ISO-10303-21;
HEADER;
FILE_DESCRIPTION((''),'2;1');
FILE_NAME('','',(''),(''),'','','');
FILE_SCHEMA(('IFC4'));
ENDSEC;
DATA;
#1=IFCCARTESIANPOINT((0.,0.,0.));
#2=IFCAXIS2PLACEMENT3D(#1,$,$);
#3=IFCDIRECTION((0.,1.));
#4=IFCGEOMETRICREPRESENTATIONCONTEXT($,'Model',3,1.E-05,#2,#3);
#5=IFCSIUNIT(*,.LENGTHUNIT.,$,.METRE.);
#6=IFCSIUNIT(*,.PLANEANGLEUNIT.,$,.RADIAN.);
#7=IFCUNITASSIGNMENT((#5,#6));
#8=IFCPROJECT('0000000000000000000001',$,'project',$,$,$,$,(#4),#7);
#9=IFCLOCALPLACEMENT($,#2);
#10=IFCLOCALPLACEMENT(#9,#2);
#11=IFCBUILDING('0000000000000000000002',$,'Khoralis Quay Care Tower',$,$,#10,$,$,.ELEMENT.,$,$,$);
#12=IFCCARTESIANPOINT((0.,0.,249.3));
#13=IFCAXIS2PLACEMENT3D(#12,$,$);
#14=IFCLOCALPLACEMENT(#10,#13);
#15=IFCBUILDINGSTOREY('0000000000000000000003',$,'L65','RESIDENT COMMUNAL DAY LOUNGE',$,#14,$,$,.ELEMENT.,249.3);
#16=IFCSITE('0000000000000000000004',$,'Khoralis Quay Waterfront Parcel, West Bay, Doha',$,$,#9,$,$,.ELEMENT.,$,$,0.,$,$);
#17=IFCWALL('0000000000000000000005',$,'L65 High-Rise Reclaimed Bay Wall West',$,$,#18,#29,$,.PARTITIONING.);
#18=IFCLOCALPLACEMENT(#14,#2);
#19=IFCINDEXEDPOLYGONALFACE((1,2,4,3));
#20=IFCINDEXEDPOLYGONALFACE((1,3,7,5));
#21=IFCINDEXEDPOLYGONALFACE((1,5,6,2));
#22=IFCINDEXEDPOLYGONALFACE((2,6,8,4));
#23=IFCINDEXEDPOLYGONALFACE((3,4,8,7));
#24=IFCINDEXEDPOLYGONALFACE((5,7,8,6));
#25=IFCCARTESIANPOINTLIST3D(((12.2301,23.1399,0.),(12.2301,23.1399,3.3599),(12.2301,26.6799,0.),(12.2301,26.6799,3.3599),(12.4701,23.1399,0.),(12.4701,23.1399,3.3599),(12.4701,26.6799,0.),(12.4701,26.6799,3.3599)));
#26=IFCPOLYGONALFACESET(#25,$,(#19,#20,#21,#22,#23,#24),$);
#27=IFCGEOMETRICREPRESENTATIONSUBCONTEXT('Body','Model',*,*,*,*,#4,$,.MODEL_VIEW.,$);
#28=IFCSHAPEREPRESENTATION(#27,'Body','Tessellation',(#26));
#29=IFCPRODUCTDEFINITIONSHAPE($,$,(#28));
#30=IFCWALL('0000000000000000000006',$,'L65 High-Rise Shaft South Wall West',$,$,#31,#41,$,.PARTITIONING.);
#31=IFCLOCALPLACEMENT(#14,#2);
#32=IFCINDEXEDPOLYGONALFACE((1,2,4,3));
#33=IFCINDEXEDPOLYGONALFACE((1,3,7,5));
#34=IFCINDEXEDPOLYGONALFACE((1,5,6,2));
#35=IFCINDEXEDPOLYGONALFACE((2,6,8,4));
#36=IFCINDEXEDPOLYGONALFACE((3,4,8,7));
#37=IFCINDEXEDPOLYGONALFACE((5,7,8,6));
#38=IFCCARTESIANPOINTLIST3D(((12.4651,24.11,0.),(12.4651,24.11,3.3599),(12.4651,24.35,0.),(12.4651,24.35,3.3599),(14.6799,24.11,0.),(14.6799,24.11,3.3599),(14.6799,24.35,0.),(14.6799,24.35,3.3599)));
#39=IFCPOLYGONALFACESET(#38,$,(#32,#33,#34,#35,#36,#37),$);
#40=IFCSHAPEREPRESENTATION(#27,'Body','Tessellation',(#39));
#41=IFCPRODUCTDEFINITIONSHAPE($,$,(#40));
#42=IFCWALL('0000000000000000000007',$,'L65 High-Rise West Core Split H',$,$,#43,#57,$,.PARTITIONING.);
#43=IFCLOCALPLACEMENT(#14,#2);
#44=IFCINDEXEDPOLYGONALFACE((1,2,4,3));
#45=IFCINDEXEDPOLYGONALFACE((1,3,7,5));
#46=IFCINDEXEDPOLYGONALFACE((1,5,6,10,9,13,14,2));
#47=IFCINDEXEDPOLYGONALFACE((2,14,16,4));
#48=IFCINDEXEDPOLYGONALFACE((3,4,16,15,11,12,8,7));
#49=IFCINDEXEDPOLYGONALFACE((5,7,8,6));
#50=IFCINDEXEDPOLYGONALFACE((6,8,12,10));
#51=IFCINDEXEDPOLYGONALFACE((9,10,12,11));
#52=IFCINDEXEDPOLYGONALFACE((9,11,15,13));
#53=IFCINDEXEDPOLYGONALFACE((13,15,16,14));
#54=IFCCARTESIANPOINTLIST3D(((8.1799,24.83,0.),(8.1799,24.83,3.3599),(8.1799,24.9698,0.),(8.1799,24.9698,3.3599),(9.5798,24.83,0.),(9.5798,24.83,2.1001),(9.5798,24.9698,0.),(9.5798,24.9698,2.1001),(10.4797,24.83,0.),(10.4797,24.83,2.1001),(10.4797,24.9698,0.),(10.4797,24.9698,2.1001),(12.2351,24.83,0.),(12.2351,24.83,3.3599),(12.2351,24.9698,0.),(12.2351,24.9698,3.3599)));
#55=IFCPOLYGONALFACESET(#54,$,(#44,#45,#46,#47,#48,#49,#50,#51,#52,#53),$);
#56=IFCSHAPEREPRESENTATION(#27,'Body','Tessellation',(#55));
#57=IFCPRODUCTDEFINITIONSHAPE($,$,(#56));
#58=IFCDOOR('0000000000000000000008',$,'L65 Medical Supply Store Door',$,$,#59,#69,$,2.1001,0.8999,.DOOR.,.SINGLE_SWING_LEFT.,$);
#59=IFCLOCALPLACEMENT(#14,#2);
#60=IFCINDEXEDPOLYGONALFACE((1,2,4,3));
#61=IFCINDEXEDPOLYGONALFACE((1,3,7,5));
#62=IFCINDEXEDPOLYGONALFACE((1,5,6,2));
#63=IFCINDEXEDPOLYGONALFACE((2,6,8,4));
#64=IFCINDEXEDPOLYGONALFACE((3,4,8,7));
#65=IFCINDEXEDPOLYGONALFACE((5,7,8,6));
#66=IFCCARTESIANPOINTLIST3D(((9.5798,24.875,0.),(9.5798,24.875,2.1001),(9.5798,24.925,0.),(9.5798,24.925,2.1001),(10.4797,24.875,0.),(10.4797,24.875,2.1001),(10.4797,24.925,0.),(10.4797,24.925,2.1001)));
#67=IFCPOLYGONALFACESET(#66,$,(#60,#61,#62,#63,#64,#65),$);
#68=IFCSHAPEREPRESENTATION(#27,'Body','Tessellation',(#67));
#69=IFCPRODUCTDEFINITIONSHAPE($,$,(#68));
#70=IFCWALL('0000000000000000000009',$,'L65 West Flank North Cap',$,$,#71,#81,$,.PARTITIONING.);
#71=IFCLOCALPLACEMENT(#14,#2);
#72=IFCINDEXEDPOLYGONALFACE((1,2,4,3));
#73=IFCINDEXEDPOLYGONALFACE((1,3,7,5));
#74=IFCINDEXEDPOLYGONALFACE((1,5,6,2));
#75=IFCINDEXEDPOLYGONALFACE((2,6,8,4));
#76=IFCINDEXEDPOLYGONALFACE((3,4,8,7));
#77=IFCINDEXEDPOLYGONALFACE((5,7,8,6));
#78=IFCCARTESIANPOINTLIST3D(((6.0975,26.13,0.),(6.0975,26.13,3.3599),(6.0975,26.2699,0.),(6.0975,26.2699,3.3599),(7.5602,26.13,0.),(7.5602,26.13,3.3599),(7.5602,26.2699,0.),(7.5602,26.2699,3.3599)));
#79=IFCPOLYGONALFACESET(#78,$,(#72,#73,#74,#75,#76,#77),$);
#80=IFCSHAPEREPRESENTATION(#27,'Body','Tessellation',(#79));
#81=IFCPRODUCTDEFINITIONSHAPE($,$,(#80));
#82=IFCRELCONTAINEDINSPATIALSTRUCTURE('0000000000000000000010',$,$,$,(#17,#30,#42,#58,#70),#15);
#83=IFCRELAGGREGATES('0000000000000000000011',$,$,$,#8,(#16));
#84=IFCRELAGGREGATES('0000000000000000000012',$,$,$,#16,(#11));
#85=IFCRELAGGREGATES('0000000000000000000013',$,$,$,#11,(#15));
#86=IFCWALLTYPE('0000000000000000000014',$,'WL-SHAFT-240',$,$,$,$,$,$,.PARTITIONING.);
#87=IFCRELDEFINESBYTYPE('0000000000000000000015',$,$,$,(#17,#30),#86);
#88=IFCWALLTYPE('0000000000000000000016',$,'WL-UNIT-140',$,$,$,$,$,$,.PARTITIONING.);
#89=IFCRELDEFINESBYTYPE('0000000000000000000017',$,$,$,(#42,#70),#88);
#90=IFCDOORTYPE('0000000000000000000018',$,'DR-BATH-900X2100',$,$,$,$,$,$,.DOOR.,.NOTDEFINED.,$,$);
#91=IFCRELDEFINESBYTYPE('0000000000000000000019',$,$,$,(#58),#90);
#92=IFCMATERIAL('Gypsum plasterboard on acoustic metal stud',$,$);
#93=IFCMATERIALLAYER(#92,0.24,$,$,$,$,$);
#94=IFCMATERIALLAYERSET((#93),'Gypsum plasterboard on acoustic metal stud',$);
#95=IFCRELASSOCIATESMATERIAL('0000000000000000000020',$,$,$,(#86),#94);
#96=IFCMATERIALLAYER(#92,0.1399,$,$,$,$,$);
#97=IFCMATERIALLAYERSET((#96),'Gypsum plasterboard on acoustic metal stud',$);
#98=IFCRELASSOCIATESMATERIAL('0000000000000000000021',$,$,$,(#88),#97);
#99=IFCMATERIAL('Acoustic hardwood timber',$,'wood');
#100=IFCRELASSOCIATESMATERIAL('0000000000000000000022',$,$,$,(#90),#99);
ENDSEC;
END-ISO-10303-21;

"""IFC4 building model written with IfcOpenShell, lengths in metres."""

from ifc_helpers import new_model, si_unit, direction, frame, frame_2d, origin, place, context, subcontext, project, spatial, rectangle, extrude, source, transform, mapped, material, layer, layer_set, type_object, element, fill, save


model = new_model("IFC4")

# Units and contexts
model_context = context("Model", 3, precision=1e-05, world=origin(), true_north=direction((0.0, 1.0)))
body_context = subcontext(model_context, "Body", "Model", "MODEL_VIEW")
ifc_project = project(units=[si_unit("LENGTHUNIT", "METRE"), si_unit("PLANEANGLEUNIT", "RADIAN")], contexts=[model_context])

# Site, building, storey
site_placement = place(None, origin())
site = spatial("IfcSite", under=ifc_project, at=site_placement, Name="Khoralis Quay Waterfront Parcel, West Bay, Doha", CompositionType="ELEMENT", RefElevation=0.0)
building_placement = place(site_placement, origin())
building = spatial("IfcBuilding", under=site, at=building_placement, Name="Khoralis Quay Care Tower", CompositionType="ELEMENT")
storey_placement = place(building_placement, frame((0.0, 0.0, 249.3)))
storey = spatial("IfcBuildingStorey", under=building, at=storey_placement, Name="L65", Description="RESIDENT COMMUNAL DAY LOUNGE", CompositionType="ELEMENT", Elevation=249.3)

# Shared definitions
ifc_material_1 = material(Name="Acoustic hardwood timber", Category="wood")

# Walls
ifc_material_2 = material(Name="Gypsum plasterboard on acoustic metal stud")
ifc_layer_1 = layer(ifc_material_2, 0.24)
ifc_layer_set_1 = layer_set([ifc_layer_1], Name="Gypsum plasterboard on acoustic metal stud")
wall_type_1 = type_object("IfcWallType", Name="WL-SHAFT-240", PredefinedType="PARTITIONING", material=ifc_layer_set_1)
wall_1_placement = place(storey_placement, frame((12.3501, 23.1399, 0.0), z_axis=(0.0, 0.0, 1.0), x_axis=(0.0, 1.0, 0.0)))
element("IfcWall", 1, at=wall_1_placement, inside=storey, type_object=wall_type_1, Name="L65 High-Rise Reclaimed Bay Wall West", PredefinedType="PARTITIONING", context=body_context, shape_type="SweptSolid", body=[
    extrude(rectangle(XDim=3.54, YDim=0.24, at=frame_2d((1.77, 0.0))), origin(), (0.0, 0.0, 1.0), 3.3599),
])
wall_2_placement = place(storey_placement, frame((12.4651, 24.23, 0.0), z_axis=(0.0, 0.0, 1.0), x_axis=(1.0, 0.0, 0.0)))
element("IfcWall", 2, at=wall_2_placement, inside=storey, type_object=wall_type_1, Name="L65 High-Rise Shaft South Wall West", PredefinedType="PARTITIONING", context=body_context, shape_type="SweptSolid", body=[
    extrude(rectangle(XDim=2.2148, YDim=0.24, at=frame_2d((1.1074, 0.0))), origin(), (0.0, 0.0, 1.0), 3.3599),
])

# Wall, opening, door
ifc_layer_2 = layer(ifc_material_2, 0.1399)
ifc_layer_set_2 = layer_set([ifc_layer_2], Name="Gypsum plasterboard on acoustic metal stud")
wall_type_2 = type_object("IfcWallType", Name="WL-UNIT-140", PredefinedType="PARTITIONING", material=ifc_layer_set_2)
wall_3_placement = place(storey_placement, frame((8.1799, 24.8999, 0.0), z_axis=(0.0, 0.0, 1.0), x_axis=(1.0, 0.0, 0.0)))
wall_3 = element("IfcWall", 3, at=wall_3_placement, inside=storey, type_object=wall_type_2, Name="L65 High-Rise West Core Split H", PredefinedType="PARTITIONING", context=body_context, shape_type="SweptSolid", body=[
    extrude(rectangle(XDim=4.0552, YDim=0.1399, at=frame_2d((2.0276, 0.0))), origin(), (0.0, 0.0, 1.0), 3.3599),
])
opening_1_placement = place(wall_3_placement, frame((1.3999, 0.0, 0.0)))
opening_1 = element("IfcOpeningElement", 4, at=opening_1_placement, cuts=wall_3, PredefinedType="OPENING", context=body_context, shape_type="SweptSolid", body=[
    extrude(rectangle(XDim=0.8999, YDim=2.1001, at=frame_2d((0.45, 1.05))), frame((0.0, 0.0801, 0.0), z_axis=(0.0, -1.0, 0.0), x_axis=(1.0, 0.0, 0.0)), (0.0, 0.0, 1.0), 0.1599),
])
door_type_1 = type_object("IfcDoorType", Name="DR-BATH-900X2100", OperationType="NOTDEFINED", PredefinedType="DOOR", material=ifc_material_1)
shared_shape_1 = source(origin(), body_context, "Body", "SweptSolid", [
    extrude(rectangle(XDim=0.8999, YDim=2.1001, at=frame_2d((0.45, 1.05))), frame((0.0, 0.0249, 0.0), z_axis=(0.0, -1.0, 0.0), x_axis=(1.0, 0.0, 0.0)), (0.0, 0.0, 1.0), 0.05),
])
door_1_placement = place(opening_1_placement, frame((0.8999, 0.0, 0.0), z_axis=(0.0, 0.0, 1.0), x_axis=(-1.0, 0.0, 0.0)))
door_1 = element("IfcDoor", 5, at=door_1_placement, inside=storey, type_object=door_type_1, Name="L65 Medical Supply Store Door", OperationType="SINGLE_SWING_LEFT", OverallHeight=2.1001, OverallWidth=0.8999, PredefinedType="DOOR", context=body_context, shape_type="MappedRepresentation", body=[
    mapped(shared_shape_1, transform((0.0, 0.0, 0.0), scale=1.0)),
])
fill(opening_1, door_1)

# Wall
wall_4_placement = place(storey_placement, frame((6.0974, 26.2, 0.0), z_axis=(0.0, 0.0, 1.0), x_axis=(1.0, 0.0, 0.0)))
element("IfcWall", 6, at=wall_4_placement, inside=storey, type_object=wall_type_2, Name="L65 West Flank North Cap", PredefinedType="PARTITIONING", context=body_context, shape_type="SweptSolid", body=[
    extrude(rectangle(XDim=1.4626, YDim=0.1399, at=frame_2d((0.7314, 0.0))), origin(), (0.0, 0.0, 1.0), 3.3599),
])

save(model, "model.ifc")
